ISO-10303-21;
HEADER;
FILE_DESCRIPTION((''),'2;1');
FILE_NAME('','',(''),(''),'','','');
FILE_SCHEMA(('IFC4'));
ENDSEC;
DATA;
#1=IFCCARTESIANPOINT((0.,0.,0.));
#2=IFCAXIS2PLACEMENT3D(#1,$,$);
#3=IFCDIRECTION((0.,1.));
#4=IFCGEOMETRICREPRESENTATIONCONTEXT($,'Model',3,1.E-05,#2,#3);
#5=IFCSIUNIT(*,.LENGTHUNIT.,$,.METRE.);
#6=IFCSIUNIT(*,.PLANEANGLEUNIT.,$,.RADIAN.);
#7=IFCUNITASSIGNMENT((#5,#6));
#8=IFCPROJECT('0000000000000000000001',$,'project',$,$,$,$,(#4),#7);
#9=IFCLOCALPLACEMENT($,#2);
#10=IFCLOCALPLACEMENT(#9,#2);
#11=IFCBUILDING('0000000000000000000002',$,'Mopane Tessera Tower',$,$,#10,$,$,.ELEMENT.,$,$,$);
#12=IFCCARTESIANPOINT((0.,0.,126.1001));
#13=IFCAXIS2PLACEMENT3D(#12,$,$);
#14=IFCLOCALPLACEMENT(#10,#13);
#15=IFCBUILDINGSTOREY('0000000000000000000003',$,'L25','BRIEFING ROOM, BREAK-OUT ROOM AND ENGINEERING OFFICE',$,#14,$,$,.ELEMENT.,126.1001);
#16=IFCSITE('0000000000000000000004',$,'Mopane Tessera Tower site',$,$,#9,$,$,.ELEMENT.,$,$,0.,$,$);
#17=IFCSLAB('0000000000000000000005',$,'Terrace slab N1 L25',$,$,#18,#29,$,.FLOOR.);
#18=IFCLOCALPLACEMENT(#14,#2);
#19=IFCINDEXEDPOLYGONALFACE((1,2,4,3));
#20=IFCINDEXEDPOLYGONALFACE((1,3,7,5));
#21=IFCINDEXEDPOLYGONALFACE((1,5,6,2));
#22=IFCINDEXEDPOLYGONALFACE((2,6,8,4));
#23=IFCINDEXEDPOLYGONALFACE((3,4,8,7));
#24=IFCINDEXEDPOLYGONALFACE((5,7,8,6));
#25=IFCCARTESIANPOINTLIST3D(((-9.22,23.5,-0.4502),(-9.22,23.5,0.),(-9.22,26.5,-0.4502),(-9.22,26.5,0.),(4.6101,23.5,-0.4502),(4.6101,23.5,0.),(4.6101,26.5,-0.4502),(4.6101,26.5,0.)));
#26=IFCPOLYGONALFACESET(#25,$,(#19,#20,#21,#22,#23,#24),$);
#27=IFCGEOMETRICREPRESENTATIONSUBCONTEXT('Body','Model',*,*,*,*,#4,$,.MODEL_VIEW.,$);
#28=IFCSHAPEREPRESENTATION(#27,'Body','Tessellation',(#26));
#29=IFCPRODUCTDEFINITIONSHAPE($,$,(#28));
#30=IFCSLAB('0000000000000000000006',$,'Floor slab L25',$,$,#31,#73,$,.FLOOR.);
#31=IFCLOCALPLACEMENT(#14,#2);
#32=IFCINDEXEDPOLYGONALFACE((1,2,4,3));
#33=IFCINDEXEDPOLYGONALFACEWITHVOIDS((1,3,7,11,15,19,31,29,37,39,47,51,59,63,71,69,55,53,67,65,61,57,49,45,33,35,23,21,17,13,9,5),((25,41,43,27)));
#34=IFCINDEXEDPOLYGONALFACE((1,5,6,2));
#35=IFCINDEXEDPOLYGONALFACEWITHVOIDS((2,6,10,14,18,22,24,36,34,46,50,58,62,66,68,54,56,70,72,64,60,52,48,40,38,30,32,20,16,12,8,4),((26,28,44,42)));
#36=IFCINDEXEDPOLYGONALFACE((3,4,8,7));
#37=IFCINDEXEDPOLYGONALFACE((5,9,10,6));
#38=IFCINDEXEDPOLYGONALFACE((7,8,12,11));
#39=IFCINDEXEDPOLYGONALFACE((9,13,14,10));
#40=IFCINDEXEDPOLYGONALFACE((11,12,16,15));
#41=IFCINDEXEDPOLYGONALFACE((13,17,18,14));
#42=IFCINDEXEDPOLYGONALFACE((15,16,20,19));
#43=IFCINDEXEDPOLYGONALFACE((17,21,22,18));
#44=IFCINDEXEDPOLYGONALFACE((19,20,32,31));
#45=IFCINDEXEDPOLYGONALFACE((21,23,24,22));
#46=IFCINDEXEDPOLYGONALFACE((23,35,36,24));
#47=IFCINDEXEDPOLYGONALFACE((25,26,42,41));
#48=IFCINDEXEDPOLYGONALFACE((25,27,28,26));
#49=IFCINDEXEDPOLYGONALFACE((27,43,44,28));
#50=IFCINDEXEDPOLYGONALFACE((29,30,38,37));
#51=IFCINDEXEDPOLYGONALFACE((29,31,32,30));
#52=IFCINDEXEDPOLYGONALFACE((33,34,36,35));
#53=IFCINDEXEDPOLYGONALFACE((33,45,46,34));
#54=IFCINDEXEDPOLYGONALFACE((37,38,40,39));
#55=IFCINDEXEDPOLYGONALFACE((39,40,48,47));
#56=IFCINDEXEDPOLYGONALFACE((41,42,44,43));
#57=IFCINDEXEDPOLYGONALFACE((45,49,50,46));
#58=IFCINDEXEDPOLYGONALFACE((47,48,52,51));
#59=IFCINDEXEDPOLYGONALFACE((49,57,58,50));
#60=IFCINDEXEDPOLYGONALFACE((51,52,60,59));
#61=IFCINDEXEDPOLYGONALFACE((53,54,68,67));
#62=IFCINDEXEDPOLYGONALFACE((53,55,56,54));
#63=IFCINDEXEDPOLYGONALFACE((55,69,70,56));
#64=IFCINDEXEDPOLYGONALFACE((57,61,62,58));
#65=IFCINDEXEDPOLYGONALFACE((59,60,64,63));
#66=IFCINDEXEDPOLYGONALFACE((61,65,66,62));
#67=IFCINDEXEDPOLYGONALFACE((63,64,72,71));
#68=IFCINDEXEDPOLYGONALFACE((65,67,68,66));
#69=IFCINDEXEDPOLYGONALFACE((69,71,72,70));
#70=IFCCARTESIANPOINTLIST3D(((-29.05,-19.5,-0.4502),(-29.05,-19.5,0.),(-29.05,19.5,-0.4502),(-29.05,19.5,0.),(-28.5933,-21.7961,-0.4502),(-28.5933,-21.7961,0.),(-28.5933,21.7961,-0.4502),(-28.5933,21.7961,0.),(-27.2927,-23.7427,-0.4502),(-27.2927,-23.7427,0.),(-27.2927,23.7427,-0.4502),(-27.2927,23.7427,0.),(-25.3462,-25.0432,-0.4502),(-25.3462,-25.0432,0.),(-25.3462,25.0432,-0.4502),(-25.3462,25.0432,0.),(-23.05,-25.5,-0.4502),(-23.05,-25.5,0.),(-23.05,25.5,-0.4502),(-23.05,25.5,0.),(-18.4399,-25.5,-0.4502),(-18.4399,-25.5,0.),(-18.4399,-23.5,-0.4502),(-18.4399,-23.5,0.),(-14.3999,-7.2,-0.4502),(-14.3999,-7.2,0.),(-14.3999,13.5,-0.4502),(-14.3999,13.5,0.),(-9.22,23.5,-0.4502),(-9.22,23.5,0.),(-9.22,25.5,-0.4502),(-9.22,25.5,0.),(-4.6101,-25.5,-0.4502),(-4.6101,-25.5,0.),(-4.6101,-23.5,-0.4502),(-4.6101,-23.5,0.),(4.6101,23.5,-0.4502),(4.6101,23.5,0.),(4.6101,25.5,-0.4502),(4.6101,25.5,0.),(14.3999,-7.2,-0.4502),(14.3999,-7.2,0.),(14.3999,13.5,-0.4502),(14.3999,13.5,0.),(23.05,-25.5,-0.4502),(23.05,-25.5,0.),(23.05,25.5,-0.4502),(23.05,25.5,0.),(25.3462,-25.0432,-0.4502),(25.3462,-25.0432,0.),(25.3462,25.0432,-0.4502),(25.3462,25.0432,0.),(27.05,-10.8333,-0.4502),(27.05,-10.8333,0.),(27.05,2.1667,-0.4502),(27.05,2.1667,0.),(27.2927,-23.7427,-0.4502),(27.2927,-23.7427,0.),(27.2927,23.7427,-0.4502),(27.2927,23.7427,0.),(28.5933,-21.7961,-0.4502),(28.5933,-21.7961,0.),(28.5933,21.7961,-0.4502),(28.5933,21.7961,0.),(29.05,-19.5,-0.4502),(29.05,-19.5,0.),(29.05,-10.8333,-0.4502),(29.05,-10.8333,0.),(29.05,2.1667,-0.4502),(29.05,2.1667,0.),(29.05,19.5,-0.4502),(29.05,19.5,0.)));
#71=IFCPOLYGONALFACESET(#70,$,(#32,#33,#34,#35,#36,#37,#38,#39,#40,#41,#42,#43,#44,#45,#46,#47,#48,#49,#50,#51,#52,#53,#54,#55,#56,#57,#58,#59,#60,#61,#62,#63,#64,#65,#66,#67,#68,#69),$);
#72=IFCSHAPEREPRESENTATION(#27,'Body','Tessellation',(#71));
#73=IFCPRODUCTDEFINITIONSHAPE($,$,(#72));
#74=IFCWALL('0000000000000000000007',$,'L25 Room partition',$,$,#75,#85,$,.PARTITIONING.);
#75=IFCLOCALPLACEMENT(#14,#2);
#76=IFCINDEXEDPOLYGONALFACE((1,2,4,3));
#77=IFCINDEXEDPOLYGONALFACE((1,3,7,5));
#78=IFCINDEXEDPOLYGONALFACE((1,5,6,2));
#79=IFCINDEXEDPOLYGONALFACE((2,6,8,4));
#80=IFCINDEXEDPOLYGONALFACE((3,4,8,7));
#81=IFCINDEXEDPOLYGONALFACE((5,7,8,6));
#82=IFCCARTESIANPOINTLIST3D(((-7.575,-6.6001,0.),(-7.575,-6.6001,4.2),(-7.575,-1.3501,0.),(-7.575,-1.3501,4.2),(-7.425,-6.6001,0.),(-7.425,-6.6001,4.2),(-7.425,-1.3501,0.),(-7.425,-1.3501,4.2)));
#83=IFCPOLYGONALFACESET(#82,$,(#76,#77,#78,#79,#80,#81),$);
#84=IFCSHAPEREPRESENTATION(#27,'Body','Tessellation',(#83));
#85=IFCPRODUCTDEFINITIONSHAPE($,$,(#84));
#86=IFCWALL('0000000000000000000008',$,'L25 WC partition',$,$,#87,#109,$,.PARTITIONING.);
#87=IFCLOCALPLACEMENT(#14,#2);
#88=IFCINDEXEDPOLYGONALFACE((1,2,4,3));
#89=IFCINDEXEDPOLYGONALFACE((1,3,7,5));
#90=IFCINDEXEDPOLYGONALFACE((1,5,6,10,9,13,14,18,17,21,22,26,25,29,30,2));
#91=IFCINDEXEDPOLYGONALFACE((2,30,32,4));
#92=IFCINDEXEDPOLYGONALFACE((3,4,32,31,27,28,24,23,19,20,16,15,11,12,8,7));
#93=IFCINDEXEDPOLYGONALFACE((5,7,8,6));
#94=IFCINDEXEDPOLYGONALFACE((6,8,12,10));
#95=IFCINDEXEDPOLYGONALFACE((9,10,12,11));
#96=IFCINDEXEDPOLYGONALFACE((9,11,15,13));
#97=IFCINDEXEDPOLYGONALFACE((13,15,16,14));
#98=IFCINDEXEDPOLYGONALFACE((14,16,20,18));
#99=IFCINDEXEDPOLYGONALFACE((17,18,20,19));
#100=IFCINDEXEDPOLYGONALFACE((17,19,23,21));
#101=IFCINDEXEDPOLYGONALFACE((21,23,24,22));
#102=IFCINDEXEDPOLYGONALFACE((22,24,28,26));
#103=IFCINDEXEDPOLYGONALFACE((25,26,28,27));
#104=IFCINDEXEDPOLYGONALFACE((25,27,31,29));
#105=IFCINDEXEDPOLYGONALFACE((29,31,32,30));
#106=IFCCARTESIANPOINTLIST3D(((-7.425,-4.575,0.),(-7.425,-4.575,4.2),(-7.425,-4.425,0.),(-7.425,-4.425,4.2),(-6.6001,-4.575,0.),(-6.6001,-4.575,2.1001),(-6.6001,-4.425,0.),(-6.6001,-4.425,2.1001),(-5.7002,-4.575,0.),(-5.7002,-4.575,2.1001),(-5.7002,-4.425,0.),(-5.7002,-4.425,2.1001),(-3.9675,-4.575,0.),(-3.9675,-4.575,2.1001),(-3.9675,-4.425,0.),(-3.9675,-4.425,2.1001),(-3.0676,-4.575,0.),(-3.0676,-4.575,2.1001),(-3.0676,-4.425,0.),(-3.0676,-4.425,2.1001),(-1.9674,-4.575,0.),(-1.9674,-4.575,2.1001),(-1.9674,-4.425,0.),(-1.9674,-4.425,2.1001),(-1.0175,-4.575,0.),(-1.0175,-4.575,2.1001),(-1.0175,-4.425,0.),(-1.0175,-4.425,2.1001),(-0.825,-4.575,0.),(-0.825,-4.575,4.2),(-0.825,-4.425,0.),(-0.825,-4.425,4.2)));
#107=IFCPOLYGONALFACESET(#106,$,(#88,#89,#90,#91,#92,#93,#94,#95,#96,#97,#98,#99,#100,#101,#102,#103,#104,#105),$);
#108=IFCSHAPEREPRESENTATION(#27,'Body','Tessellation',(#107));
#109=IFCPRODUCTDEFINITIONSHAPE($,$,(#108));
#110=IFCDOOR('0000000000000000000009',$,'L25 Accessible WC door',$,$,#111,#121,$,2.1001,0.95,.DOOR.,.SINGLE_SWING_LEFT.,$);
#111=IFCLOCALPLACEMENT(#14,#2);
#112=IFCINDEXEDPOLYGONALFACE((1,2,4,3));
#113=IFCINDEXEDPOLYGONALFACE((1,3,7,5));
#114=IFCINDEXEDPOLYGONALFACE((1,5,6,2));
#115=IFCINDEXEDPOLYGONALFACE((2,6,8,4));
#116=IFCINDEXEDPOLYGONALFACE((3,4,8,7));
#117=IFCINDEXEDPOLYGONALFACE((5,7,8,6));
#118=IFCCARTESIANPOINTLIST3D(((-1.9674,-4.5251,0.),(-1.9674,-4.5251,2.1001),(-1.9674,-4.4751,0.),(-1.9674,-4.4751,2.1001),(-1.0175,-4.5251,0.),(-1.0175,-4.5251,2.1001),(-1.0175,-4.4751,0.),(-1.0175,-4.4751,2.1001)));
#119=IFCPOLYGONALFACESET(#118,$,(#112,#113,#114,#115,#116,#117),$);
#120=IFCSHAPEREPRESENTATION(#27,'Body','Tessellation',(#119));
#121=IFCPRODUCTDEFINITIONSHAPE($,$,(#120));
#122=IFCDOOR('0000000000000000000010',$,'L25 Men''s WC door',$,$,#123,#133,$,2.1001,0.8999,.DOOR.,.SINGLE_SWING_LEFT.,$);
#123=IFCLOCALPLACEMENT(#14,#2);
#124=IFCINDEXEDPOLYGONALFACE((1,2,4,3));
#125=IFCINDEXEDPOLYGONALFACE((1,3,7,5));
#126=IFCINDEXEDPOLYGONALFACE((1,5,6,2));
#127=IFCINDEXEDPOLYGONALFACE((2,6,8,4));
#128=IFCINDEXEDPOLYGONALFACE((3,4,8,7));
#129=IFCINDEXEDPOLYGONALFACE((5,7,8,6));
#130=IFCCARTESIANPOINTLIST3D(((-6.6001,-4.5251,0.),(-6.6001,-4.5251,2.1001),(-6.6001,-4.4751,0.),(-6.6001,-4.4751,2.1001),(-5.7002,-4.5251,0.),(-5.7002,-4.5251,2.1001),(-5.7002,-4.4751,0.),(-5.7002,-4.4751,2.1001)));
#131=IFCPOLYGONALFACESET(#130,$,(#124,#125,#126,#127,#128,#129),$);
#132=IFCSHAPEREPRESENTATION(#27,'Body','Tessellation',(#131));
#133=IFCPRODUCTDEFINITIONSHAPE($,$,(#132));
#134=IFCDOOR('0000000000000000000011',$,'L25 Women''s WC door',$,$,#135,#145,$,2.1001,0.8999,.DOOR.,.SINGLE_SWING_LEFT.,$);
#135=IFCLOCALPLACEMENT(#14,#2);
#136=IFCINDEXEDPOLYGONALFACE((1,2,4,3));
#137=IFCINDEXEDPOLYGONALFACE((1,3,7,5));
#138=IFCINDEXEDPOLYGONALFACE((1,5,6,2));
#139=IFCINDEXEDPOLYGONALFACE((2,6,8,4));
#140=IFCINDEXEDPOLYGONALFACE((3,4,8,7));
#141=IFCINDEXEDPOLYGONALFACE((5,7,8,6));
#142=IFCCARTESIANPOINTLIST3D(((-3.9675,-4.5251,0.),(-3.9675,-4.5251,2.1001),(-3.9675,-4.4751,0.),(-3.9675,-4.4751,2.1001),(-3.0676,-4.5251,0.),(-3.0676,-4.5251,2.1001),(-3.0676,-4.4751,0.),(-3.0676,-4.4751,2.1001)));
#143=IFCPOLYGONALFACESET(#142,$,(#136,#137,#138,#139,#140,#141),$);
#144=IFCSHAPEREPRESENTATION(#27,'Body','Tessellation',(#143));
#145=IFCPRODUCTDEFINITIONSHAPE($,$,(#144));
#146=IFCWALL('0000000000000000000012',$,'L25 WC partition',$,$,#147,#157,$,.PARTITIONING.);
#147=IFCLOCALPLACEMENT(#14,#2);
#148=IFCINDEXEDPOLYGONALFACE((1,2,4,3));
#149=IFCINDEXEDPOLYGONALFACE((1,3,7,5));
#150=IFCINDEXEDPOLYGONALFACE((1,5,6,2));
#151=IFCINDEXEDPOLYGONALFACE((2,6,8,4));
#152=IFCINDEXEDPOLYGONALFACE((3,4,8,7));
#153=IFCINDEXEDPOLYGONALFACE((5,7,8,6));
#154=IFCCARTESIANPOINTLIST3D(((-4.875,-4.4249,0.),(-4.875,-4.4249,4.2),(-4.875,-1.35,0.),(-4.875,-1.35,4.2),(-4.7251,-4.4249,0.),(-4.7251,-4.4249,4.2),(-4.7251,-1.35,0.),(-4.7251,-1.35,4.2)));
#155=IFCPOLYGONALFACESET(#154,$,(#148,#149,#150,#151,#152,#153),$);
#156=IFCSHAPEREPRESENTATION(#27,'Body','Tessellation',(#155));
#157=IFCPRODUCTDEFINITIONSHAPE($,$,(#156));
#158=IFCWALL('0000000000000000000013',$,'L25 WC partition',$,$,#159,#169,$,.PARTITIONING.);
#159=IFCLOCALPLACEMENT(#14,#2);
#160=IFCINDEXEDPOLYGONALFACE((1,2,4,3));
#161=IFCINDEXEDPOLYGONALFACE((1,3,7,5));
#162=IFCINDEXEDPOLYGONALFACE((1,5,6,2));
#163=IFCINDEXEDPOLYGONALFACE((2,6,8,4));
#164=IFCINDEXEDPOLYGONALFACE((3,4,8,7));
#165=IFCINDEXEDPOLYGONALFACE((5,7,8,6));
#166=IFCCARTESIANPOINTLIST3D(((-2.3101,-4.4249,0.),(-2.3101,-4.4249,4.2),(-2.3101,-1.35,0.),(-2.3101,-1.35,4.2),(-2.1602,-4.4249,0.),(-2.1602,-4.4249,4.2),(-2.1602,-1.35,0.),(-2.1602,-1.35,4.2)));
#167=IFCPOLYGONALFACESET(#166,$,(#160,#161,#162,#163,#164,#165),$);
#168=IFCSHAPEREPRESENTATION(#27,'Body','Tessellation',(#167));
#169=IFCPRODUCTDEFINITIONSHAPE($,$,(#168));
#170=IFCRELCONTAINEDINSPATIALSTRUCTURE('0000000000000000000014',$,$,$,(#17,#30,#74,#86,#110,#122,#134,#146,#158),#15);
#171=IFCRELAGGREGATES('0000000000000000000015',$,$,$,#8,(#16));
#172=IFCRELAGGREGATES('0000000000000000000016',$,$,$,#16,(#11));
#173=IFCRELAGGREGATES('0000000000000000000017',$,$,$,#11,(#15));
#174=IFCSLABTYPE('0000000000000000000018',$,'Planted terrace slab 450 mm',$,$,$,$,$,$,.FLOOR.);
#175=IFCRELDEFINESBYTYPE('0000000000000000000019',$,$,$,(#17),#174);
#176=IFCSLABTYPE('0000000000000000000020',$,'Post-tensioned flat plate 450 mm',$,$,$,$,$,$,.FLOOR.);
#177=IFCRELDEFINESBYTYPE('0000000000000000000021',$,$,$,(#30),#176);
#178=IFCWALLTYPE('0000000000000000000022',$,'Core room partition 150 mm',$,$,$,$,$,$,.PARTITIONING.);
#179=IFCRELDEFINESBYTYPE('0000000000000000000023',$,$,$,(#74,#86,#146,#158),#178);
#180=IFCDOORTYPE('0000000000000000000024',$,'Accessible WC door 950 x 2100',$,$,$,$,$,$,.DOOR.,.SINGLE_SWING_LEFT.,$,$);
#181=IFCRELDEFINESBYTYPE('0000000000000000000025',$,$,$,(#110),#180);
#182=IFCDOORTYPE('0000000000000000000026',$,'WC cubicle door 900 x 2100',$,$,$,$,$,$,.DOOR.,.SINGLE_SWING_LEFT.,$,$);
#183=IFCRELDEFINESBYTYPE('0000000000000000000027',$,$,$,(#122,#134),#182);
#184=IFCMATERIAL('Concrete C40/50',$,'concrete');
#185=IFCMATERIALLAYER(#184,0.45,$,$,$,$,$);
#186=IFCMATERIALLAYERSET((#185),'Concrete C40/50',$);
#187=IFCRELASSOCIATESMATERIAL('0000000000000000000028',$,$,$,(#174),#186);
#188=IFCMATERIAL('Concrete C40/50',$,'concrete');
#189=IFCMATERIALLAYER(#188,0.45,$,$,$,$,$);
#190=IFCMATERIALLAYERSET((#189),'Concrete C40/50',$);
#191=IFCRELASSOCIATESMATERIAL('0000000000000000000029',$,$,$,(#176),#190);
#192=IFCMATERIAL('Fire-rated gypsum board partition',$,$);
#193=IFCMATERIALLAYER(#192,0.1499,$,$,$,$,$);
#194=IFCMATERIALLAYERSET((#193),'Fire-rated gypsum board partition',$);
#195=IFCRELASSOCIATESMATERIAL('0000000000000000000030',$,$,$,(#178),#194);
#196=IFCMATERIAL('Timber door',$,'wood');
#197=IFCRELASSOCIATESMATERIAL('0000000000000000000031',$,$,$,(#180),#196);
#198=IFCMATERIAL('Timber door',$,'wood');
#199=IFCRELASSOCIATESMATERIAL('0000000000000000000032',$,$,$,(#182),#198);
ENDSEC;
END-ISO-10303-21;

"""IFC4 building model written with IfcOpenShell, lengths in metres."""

from ifc_helpers import new_model, si_unit, direction, frame, frame_2d, origin, place, context, subcontext, project, spatial, polyline, rectangle, outline, extrude, material, layer, layer_set, type_object, element, fill, save


model = new_model("IFC4")

# Units and contexts
model_context = context("Model", 3, precision=1e-05, world=origin(), true_north=direction((0.0, 1.0)))
body_context = subcontext(model_context, "Body", "Model", "MODEL_VIEW")
ifc_project = project(units=[si_unit("LENGTHUNIT", "METRE"), si_unit("PLANEANGLEUNIT", "RADIAN")], contexts=[model_context])

# Site, building, storey
site_placement = place(None, origin())
site = spatial("IfcSite", under=ifc_project, at=site_placement, Name="Mopane Tessera Tower site", CompositionType="ELEMENT", RefElevation=0.0)
building_placement = place(site_placement, origin())
building = spatial("IfcBuilding", under=site, at=building_placement, Name="Mopane Tessera Tower", CompositionType="ELEMENT")
storey_placement = place(building_placement, frame((0.0, 0.0, 126.1001)))
storey = spatial("IfcBuildingStorey", under=building, at=storey_placement, Name="L25", Description="BRIEFING ROOM, BREAK-OUT ROOM AND ENGINEERING OFFICE", CompositionType="ELEMENT", Elevation=126.1001)

# Slabs
ifc_material_1 = material(Name="Concrete C40/50", Category="concrete")
ifc_layer_1 = layer(ifc_material_1, 0.45)
ifc_layer_set_1 = layer_set([ifc_layer_1], Name="Concrete C40/50")
slab_type_1 = type_object("IfcSlabType", Name="Planted terrace slab 450 mm", PredefinedType="FLOOR", material=ifc_layer_set_1)
slab_1_placement = place(storey_placement, frame((0.0, 0.0, -0.4502)))
element("IfcSlab", 1, at=slab_1_placement, inside=storey, type_object=slab_type_1, Name="Terrace slab N1 L25", PredefinedType="FLOOR", context=body_context, shape_type="SweptSolid", body=[
    extrude(outline(polyline([(-9.22, 26.5), (-9.22, 23.5), (4.6101, 23.5), (4.6101, 26.5), (-9.22, 26.5)])), origin(), (0.0, 0.0, 1.0), 0.4502),
])
ifc_material_2 = material(Name="Concrete C40/50", Category="concrete")
ifc_layer_2 = layer(ifc_material_2, 0.45)
ifc_layer_set_2 = layer_set([ifc_layer_2], Name="Concrete C40/50")
slab_type_2 = type_object("IfcSlabType", Name="Post-tensioned flat plate 450 mm", PredefinedType="FLOOR", material=ifc_layer_set_2)
slab_2_placement = place(storey_placement, frame((0.0, 0.0, -0.4502)))
element("IfcSlab", 2, at=slab_2_placement, inside=storey, type_object=slab_type_2, Name="Floor slab L25", PredefinedType="FLOOR", context=body_context, shape_type="SweptSolid", body=[
    extrude(outline(polyline([(-23.05, -25.5), (-18.4399, -25.5), (-18.4399, -23.5), (-4.6101, -23.5), (-4.6101, -25.5), (23.05, -25.5), (25.3462, -25.0432), (27.2927, -23.7427), (28.5933, -21.7961), (29.05, -19.5), (29.05, -10.8333), (27.05, -10.8333), (27.05, 2.1667), (29.05, 2.1667), (29.05, 19.5), (28.5933, 21.7961), (27.2927, 23.7427), (25.3462, 25.0432), (23.05, 25.5), (4.6101, 25.5), (4.6101, 23.5), (-9.22, 23.5), (-9.22, 25.5), (-23.05, 25.5), (-25.3462, 25.0432), (-27.2927, 23.7427), (-28.5933, 21.7961), (-29.05, 19.5), (-29.05, -19.5), (-28.5933, -21.7961), (-27.2927, -23.7427), (-25.3462, -25.0432), (-23.05, -25.5)]), holes=[polyline([(14.3999, -7.2), (-14.3999, -7.2), (-14.3999, 13.5), (14.3999, 13.5), (14.3999, -7.2)])]), origin(), (0.0, 0.0, 1.0), 0.4502),
])

# Wall
ifc_material_3 = material(Name="Fire-rated gypsum board partition")
ifc_layer_3 = layer(ifc_material_3, 0.1499)
ifc_layer_set_3 = layer_set([ifc_layer_3], Name="Fire-rated gypsum board partition")
wall_type_1 = type_object("IfcWallType", Name="Core room partition 150 mm", PredefinedType="PARTITIONING", material=ifc_layer_set_3)
wall_1_placement = place(storey_placement, frame((-7.5, -6.6001, 0.0), z_axis=(0.0, 0.0, 1.0), x_axis=(0.0, 1.0, 0.0)))
element("IfcWall", 3, at=wall_1_placement, inside=storey, type_object=wall_type_1, Name="L25 Room partition", PredefinedType="PARTITIONING", context=body_context, shape_type="SweptSolid", body=[
    extrude(rectangle(XDim=5.25, YDim=0.1499, at=frame_2d((2.625, 0.0))), origin(), (0.0, 0.0, 1.0), 4.2),
])

# Wall, openings, doors
wall_2_placement = place(storey_placement, frame((-7.425, -4.5, 0.0), z_axis=(0.0, 0.0, 1.0), x_axis=(1.0, 0.0, 0.0)))
wall_2 = element("IfcWall", 4, at=wall_2_placement, inside=storey, type_object=wall_type_1, Name="L25 WC partition", PredefinedType="PARTITIONING", context=body_context, shape_type="SweptSolid", body=[
    extrude(rectangle(XDim=6.6001, YDim=0.1499, at=frame_2d((3.3, 0.0))), origin(), (0.0, 0.0, 1.0), 4.2),
])
opening_1_placement = place(wall_2_placement, frame((0.825, 0.0, 0.0)))
opening_1 = element("IfcOpeningElement", 5, at=opening_1_placement, cuts=wall_2, PredefinedType="OPENING", context=body_context, shape_type="SweptSolid", body=[
    extrude(rectangle(XDim=0.8999, YDim=2.1001, at=frame_2d((0.45, 1.05))), frame((0.0, 0.0869, 0.0), z_axis=(0.0, -1.0, 0.0), x_axis=(1.0, 0.0, 0.0)), (0.0, 0.0, 1.0), 0.1738),
])
opening_2_placement = place(wall_2_placement, frame((3.4575, 0.0, 0.0)))
opening_2 = element("IfcOpeningElement", 6, at=opening_2_placement, cuts=wall_2, PredefinedType="OPENING", context=body_context, shape_type="SweptSolid", body=[
    extrude(rectangle(XDim=0.8999, YDim=2.1001, at=frame_2d((0.45, 1.05))), frame((0.0, 0.0869, 0.0), z_axis=(0.0, -1.0, 0.0), x_axis=(1.0, 0.0, 0.0)), (0.0, 0.0, 1.0), 0.1738),
])
opening_3_placement = place(wall_2_placement, frame((5.4575, 0.0, 0.0)))
opening_3 = element("IfcOpeningElement", 7, at=opening_3_placement, cuts=wall_2, PredefinedType="OPENING", context=body_context, shape_type="SweptSolid", body=[
    extrude(rectangle(XDim=0.95, YDim=2.1001, at=frame_2d((0.4751, 1.05))), frame((0.0, 0.0869, 0.0), z_axis=(0.0, -1.0, 0.0), x_axis=(1.0, 0.0, 0.0)), (0.0, 0.0, 1.0), 0.1738),
])
ifc_material_4 = material(Name="Timber door", Category="wood")
door_type_1 = type_object("IfcDoorType", Name="Accessible WC door 950 x 2100", OperationType="SINGLE_SWING_LEFT", PredefinedType="DOOR", material=ifc_material_4)
door_1_placement = place(opening_3_placement, origin())
door_1 = element("IfcDoor", 8, at=door_1_placement, inside=storey, type_object=door_type_1, Name="L25 Accessible WC door", OperationType="SINGLE_SWING_LEFT", OverallHeight=2.1001, OverallWidth=0.95, PredefinedType="DOOR", context=body_context, shape_type="SweptSolid", body=[
    extrude(rectangle(XDim=0.95, YDim=2.1001, at=frame_2d((0.4751, 1.05))), frame((0.0, 0.0249, 0.0), z_axis=(0.0, -1.0, 0.0), x_axis=(1.0, 0.0, 0.0)), (0.0, 0.0, 1.0), 0.05),
])
fill(opening_3, door_1)
ifc_material_5 = material(Name="Timber door", Category="wood")
door_type_2 = type_object("IfcDoorType", Name="WC cubicle door 900 x 2100", OperationType="SINGLE_SWING_LEFT", PredefinedType="DOOR", material=ifc_material_5)
door_2_placement = place(opening_1_placement, origin())
door_2 = element("IfcDoor", 9, at=door_2_placement, inside=storey, type_object=door_type_2, Name="L25 Men's WC door", OperationType="SINGLE_SWING_LEFT", OverallHeight=2.1001, OverallWidth=0.8999, PredefinedType="DOOR", context=body_context, shape_type="SweptSolid", body=[
    extrude(rectangle(XDim=0.8999, YDim=2.1001, at=frame_2d((0.45, 1.05))), frame((0.0, 0.0249, 0.0), z_axis=(0.0, -1.0, 0.0), x_axis=(1.0, 0.0, 0.0)), (0.0, 0.0, 1.0), 0.05),
])
fill(opening_1, door_2)
door_3_placement = place(opening_2_placement, origin())
door_3 = element("IfcDoor", 10, at=door_3_placement, inside=storey, type_object=door_type_2, Name="L25 Women's WC door", OperationType="SINGLE_SWING_LEFT", OverallHeight=2.1001, OverallWidth=0.8999, PredefinedType="DOOR", context=body_context, shape_type="SweptSolid", body=[
    extrude(rectangle(XDim=0.8999, YDim=2.1001, at=frame_2d((0.45, 1.05))), frame((0.0, 0.0249, 0.0), z_axis=(0.0, -1.0, 0.0), x_axis=(1.0, 0.0, 0.0)), (0.0, 0.0, 1.0), 0.05),
])
fill(opening_2, door_3)

# Walls
for number, where, z_axis, x_axis, name in (
    (11, (-4.8, -4.425, 0.0), (0.0, 0.0, 1.0), (0.0, 1.0, 0.0), "L25 WC partition"),
    (12, (-2.2351, -4.425, 0.0), (0.0, 0.0, 1.0), (0.0, 1.0, 0.0), "L25 WC partition"),
):
    element("IfcWall", number, at=place(storey_placement, frame(where, z_axis=z_axis, x_axis=x_axis)), inside=storey, type_object=wall_type_1, Name=name, PredefinedType="PARTITIONING", context=body_context, shape_type="SweptSolid", body=[
        extrude(rectangle(XDim=3.075, YDim=0.1499, at=frame_2d((1.5376, 0.0))), origin(), (0.0, 0.0, 1.0), 4.2),
    ])

save(model, "model.ifc")
